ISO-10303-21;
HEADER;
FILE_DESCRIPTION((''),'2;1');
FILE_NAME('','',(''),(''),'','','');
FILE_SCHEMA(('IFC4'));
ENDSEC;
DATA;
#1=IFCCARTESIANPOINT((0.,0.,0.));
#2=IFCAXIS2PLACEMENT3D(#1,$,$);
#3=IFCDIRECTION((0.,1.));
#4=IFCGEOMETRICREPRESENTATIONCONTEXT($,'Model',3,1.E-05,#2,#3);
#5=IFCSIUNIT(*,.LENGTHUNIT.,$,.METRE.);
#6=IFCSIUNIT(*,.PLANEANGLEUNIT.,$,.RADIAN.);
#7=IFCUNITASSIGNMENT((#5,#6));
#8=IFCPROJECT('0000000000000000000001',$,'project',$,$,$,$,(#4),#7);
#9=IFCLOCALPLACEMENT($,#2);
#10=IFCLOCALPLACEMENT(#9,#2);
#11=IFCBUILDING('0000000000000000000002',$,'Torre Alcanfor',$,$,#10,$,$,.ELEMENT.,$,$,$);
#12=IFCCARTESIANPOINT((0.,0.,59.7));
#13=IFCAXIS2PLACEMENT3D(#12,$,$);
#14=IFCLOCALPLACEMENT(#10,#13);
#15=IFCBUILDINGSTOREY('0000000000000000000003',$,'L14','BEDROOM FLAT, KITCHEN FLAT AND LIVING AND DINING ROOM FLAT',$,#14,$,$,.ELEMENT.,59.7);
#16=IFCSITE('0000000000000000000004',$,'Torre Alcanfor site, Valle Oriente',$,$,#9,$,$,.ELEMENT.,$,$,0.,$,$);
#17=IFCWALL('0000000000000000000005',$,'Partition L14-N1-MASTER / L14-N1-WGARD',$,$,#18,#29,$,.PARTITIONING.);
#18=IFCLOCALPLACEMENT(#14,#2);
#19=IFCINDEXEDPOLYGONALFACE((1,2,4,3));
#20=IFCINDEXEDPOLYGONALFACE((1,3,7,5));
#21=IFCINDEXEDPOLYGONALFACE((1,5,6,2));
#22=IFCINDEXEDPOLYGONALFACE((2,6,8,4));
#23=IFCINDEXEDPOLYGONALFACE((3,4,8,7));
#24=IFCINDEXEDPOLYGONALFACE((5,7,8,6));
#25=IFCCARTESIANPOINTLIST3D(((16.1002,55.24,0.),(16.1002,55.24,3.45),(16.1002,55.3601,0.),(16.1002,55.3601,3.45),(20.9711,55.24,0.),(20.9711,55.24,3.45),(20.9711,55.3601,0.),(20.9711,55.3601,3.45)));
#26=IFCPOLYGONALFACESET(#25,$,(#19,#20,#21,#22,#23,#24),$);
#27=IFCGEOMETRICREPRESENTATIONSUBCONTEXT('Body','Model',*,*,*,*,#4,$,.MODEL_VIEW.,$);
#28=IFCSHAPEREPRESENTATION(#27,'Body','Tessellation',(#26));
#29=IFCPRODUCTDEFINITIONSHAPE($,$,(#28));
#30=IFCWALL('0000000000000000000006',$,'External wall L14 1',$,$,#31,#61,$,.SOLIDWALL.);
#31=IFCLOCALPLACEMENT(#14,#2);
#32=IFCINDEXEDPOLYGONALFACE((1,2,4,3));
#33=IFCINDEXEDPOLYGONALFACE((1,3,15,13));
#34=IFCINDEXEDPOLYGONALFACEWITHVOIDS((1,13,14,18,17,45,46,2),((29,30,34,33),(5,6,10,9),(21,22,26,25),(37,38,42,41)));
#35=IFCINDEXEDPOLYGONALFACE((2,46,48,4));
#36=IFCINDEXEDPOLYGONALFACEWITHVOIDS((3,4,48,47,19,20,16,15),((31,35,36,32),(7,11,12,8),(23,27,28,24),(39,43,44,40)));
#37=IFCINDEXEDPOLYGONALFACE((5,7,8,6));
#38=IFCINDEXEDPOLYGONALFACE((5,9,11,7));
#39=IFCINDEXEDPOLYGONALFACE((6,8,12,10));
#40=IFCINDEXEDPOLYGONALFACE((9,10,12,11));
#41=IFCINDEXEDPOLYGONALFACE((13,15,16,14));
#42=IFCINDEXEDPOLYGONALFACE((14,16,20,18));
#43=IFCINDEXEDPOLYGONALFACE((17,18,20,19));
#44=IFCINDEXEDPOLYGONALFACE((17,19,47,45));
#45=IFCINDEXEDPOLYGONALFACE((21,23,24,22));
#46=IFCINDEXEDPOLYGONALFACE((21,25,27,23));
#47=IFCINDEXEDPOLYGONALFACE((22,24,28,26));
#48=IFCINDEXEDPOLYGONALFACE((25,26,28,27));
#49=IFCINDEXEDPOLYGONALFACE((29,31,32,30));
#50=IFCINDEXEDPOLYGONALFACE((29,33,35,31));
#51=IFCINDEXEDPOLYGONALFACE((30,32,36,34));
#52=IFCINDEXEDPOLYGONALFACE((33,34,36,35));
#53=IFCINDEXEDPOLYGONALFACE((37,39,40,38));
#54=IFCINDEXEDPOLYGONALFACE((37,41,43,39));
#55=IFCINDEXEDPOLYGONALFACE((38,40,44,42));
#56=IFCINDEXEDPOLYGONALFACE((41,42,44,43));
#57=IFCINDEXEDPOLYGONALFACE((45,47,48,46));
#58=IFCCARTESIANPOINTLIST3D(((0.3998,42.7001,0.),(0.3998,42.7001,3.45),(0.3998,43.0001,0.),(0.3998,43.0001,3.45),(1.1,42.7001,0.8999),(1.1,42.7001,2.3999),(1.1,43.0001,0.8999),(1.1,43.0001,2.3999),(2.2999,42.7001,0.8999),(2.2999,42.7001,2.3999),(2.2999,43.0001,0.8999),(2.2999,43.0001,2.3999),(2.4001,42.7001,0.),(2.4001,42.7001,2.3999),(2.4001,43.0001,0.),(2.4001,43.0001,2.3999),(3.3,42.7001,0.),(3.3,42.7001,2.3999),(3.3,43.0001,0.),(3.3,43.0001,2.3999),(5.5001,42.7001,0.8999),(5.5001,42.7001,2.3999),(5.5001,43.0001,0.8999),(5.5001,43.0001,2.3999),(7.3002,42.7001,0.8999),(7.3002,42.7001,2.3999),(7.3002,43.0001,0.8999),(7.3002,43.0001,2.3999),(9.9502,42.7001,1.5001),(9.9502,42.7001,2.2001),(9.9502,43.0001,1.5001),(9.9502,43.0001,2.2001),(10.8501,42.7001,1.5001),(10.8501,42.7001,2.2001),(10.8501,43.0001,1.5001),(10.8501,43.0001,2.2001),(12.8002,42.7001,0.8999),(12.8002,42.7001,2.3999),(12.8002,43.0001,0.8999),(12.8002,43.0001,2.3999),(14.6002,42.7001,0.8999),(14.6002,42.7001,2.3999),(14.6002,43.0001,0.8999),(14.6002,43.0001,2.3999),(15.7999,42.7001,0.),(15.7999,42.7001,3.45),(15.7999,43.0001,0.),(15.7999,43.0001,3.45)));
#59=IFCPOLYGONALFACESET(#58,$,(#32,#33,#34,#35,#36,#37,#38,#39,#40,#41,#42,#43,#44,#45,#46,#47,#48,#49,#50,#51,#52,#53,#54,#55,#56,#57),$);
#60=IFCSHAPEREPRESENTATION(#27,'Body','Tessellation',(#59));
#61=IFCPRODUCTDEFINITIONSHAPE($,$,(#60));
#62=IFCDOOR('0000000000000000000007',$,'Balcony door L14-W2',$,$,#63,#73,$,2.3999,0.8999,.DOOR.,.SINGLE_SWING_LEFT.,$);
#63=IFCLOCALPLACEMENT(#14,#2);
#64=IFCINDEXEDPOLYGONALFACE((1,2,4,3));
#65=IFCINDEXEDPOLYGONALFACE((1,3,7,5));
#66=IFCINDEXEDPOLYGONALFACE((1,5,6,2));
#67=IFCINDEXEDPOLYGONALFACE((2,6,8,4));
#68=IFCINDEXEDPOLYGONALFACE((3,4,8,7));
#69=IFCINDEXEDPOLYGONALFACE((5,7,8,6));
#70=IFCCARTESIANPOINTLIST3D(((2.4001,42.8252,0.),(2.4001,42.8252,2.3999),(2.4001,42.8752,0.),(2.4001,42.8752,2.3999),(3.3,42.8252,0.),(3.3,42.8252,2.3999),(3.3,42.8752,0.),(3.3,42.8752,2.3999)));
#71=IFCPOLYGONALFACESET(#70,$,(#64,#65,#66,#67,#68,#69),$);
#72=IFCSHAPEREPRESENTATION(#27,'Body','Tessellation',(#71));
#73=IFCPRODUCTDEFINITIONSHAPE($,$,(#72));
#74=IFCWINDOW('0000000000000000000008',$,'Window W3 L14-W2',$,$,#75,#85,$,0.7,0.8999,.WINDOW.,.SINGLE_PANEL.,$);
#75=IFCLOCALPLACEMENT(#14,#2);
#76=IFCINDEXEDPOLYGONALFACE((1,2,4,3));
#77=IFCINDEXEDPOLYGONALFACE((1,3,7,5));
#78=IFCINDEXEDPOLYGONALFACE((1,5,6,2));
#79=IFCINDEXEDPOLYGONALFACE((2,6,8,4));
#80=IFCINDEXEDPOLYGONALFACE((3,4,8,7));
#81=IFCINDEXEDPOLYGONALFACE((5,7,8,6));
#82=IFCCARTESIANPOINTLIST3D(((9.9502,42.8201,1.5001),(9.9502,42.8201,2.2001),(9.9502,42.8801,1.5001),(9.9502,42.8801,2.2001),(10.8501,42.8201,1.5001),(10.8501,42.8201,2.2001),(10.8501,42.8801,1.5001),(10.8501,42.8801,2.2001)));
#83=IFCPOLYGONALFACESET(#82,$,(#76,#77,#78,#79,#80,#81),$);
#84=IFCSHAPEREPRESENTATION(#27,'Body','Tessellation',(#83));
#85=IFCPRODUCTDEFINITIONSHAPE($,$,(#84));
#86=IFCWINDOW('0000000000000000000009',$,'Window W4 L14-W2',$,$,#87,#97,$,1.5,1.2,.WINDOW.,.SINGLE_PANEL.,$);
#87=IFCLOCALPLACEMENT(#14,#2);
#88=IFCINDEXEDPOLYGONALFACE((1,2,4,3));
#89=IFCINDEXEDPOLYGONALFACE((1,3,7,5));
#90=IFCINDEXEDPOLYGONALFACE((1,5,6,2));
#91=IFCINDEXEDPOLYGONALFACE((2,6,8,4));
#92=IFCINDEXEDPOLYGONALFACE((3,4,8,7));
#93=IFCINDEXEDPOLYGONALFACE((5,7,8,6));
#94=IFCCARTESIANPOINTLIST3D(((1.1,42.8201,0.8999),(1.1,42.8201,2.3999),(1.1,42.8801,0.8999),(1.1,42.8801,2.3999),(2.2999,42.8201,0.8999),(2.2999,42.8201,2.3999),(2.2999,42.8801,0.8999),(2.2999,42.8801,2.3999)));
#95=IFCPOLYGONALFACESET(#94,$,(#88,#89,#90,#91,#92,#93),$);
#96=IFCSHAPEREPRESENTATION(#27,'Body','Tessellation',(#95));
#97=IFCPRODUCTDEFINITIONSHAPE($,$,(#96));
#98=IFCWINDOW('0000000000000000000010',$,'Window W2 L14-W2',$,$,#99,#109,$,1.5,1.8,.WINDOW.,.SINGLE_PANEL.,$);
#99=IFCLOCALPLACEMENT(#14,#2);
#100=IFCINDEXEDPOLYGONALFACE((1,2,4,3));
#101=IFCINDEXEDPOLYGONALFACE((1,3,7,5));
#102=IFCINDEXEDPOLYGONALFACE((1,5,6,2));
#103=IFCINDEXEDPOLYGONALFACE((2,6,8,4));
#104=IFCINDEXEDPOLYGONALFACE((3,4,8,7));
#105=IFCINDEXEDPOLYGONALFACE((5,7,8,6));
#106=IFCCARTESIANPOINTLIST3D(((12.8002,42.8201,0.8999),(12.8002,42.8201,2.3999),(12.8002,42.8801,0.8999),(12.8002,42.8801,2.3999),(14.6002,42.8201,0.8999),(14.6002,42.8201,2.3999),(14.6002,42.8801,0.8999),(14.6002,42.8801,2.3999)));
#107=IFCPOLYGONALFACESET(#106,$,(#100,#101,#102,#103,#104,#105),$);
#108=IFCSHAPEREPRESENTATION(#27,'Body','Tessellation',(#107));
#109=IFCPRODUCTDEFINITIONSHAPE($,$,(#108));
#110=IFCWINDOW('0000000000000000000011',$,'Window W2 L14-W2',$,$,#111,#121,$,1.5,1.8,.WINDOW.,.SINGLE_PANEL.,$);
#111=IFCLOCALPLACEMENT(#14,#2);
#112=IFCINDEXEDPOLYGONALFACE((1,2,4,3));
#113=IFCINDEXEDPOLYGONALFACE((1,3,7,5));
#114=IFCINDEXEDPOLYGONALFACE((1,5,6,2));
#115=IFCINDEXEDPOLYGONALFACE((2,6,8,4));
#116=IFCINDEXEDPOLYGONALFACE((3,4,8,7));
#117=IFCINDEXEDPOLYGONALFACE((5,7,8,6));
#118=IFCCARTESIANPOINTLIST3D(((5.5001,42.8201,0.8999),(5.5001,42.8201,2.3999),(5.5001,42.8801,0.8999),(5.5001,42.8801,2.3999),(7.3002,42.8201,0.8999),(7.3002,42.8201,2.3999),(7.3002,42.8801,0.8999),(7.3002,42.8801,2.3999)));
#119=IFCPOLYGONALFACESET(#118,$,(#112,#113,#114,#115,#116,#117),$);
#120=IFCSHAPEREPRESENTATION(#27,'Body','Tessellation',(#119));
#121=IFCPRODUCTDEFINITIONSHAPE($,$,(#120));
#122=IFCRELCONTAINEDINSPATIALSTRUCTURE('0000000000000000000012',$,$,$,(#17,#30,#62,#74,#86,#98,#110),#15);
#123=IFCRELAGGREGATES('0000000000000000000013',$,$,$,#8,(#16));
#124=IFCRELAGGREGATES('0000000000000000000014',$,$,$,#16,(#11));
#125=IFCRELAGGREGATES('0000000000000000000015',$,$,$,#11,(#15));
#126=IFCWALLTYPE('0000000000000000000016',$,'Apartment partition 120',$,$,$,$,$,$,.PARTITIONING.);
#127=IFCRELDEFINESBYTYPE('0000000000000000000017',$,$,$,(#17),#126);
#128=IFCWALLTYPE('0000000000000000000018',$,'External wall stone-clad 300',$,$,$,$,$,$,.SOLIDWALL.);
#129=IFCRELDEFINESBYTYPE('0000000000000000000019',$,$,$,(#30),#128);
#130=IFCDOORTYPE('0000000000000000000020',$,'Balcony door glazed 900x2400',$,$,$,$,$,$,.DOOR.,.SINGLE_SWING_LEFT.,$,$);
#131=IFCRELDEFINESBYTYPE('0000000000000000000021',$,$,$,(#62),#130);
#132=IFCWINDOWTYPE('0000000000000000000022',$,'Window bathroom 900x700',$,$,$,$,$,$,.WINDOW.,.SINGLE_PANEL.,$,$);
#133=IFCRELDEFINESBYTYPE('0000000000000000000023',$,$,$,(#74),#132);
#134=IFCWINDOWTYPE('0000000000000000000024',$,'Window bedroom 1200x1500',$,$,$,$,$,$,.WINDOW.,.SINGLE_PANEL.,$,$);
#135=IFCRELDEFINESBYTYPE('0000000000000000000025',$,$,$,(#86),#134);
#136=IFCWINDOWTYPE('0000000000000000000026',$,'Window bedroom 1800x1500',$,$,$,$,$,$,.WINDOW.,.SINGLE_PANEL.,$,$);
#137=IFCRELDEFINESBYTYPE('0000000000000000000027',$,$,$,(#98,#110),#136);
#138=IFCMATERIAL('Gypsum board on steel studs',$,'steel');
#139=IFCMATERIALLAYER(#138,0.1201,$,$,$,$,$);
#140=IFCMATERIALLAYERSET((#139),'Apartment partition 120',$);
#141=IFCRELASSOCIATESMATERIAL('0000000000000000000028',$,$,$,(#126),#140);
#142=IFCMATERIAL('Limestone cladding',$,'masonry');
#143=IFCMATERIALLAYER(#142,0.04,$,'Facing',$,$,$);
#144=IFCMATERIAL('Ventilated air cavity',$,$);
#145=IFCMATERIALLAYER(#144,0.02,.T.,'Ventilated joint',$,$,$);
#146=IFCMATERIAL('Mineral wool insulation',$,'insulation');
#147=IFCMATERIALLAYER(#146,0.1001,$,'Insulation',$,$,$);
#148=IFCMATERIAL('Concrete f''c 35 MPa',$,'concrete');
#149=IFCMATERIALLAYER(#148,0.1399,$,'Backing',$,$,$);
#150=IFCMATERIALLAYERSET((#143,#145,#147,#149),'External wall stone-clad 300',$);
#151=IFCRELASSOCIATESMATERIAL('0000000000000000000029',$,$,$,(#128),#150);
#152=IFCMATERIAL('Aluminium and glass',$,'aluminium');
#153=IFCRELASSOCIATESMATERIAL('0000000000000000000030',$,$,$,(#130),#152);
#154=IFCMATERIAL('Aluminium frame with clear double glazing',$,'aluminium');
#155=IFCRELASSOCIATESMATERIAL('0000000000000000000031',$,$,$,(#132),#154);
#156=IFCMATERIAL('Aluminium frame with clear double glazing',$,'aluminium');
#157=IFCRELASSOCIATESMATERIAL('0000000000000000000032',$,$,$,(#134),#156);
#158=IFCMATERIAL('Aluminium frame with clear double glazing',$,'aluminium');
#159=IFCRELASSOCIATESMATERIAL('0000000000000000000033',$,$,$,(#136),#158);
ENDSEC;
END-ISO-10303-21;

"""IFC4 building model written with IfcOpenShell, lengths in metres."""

from ifc_helpers import new_model, si_unit, direction, frame, frame_2d, origin, place, context, subcontext, project, spatial, rectangle, extrude, material, layer, layer_set, type_object, element, fill, save


model = new_model("IFC4")

# Units and contexts
model_context = context("Model", 3, precision=1e-05, world=origin(), true_north=direction((0.0, 1.0)))
body_context = subcontext(model_context, "Body", "Model", "MODEL_VIEW")
ifc_project = project(units=[si_unit("LENGTHUNIT", "METRE"), si_unit("PLANEANGLEUNIT", "RADIAN")], contexts=[model_context])

# Site, building, storey
site_placement = place(None, origin())
site = spatial("IfcSite", under=ifc_project, at=site_placement, Name="Torre Alcanfor site, Valle Oriente", CompositionType="ELEMENT", RefElevation=0.0)
building_placement = place(site_placement, origin())
building = spatial("IfcBuilding", under=site, at=building_placement, Name="Torre Alcanfor", CompositionType="ELEMENT")
storey_placement = place(building_placement, frame((0.0, 0.0, 59.7)))
storey = spatial("IfcBuildingStorey", under=building, at=storey_placement, Name="L14", Description="BEDROOM FLAT, KITCHEN FLAT AND LIVING AND DINING ROOM FLAT", CompositionType="ELEMENT", Elevation=59.7)

# Wall
ifc_material_1 = material(Name="Gypsum board on steel studs", Category="steel")
ifc_layer_1 = layer(ifc_material_1, 0.1201)
ifc_layer_set_1 = layer_set([ifc_layer_1], Name="Apartment partition 120")
wall_type_1 = type_object("IfcWallType", Name="Apartment partition 120", PredefinedType="PARTITIONING", material=ifc_layer_set_1)
wall_1_placement = place(storey_placement, frame((16.1001, 55.3, 0.0), z_axis=(0.0, 0.0, 1.0), x_axis=(1.0, 0.0, 0.0)))
element("IfcWall", 1, at=wall_1_placement, inside=storey, type_object=wall_type_1, Name="Partition L14-N1-MASTER / L14-N1-WGARD", PredefinedType="PARTITIONING", context=body_context, shape_type="SweptSolid", body=[
    extrude(rectangle(XDim=4.8708, YDim=0.1201, at=frame_2d((2.4355, 0.0))), origin(), (0.0, 0.0, 1.0), 3.45),
])

# Wall, openings, door, windows
ifc_material_2 = material(Name="Limestone cladding", Category="masonry")
ifc_layer_2 = layer(ifc_material_2, 0.04, Name="Facing")
ifc_material_3 = material(Name="Ventilated air cavity")
ifc_layer_3 = layer(ifc_material_3, 0.02, ventilated=True, Name="Ventilated joint")
ifc_material_4 = material(Name="Mineral wool insulation", Category="insulation")
ifc_layer_4 = layer(ifc_material_4, 0.1001, Name="Insulation")
ifc_material_5 = material(Name="Concrete f'c 35 MPa", Category="concrete")
ifc_layer_5 = layer(ifc_material_5, 0.1399, Name="Backing")
ifc_layer_set_2 = layer_set([ifc_layer_2, ifc_layer_3, ifc_layer_4, ifc_layer_5], Name="External wall stone-clad 300")
wall_type_2 = type_object("IfcWallType", Name="External wall stone-clad 300", PredefinedType="SOLIDWALL", material=ifc_layer_set_2)
wall_2_placement = place(storey_placement, frame((15.8, 42.8501, 0.0), z_axis=(0.0, 0.0, 1.0), x_axis=(-1.0, 0.0, 0.0)))
wall_2 = element("IfcWall", 2, at=wall_2_placement, inside=storey, type_object=wall_type_2, Name="External wall L14 1", PredefinedType="SOLIDWALL", context=body_context, shape_type="SweptSolid", body=[
    extrude(rectangle(XDim=15.4001, YDim=0.3, at=frame_2d((7.7002, 0.0))), origin(), (0.0, 0.0, 1.0), 3.45),
])
opening_1_placement = place(wall_2_placement, frame((1.2, 0.0, 0.8999)))
opening_1 = element("IfcOpeningElement", 3, at=opening_1_placement, cuts=wall_2, PredefinedType="OPENING", context=body_context, shape_type="SweptSolid", body=[
    extrude(rectangle(XDim=1.8, YDim=1.5, at=frame_2d((0.8999, 0.75))), frame((0.0, 0.1599, 0.0), z_axis=(0.0, -1.0, 0.0), x_axis=(1.0, 0.0, 0.0)), (0.0, 0.0, 1.0), 0.3201),
])
opening_2_placement = place(wall_2_placement, frame((4.95, 0.0, 1.5)))
opening_2 = element("IfcOpeningElement", 4, at=opening_2_placement, cuts=wall_2, PredefinedType="OPENING", context=body_context, shape_type="SweptSolid", body=[
    extrude(rectangle(XDim=0.8999, YDim=0.7, at=frame_2d((0.45, 0.3501))), frame((0.0, 0.1599, 0.0), z_axis=(0.0, -1.0, 0.0), x_axis=(1.0, 0.0, 0.0)), (0.0, 0.0, 1.0), 0.3201),
])
opening_3_placement = place(wall_2_placement, frame((8.5, 0.0, 0.8999)))
opening_3 = element("IfcOpeningElement", 5, at=opening_3_placement, cuts=wall_2, PredefinedType="OPENING", context=body_context, shape_type="SweptSolid", body=[
    extrude(rectangle(XDim=1.8, YDim=1.5, at=frame_2d((0.8999, 0.75))), frame((0.0, 0.1599, 0.0), z_axis=(0.0, -1.0, 0.0), x_axis=(1.0, 0.0, 0.0)), (0.0, 0.0, 1.0), 0.3201),
])
opening_4_placement = place(wall_2_placement, frame((12.5, 0.0, 0.0)))
opening_4 = element("IfcOpeningElement", 6, at=opening_4_placement, cuts=wall_2, PredefinedType="OPENING", context=body_context, shape_type="SweptSolid", body=[
    extrude(rectangle(XDim=0.8999, YDim=2.3999, at=frame_2d((0.45, 1.2))), frame((0.0, 0.1599, 0.0), z_axis=(0.0, -1.0, 0.0), x_axis=(1.0, 0.0, 0.0)), (0.0, 0.0, 1.0), 0.3201),
])
opening_5_placement = place(wall_2_placement, frame((13.5, 0.0, 0.8999)))
opening_5 = element("IfcOpeningElement", 7, at=opening_5_placement, cuts=wall_2, PredefinedType="OPENING", context=body_context, shape_type="SweptSolid", body=[
    extrude(rectangle(XDim=1.2, YDim=1.5, at=frame_2d((0.6001, 0.75))), frame((0.0, 0.1599, 0.0), z_axis=(0.0, -1.0, 0.0), x_axis=(1.0, 0.0, 0.0)), (0.0, 0.0, 1.0), 0.3201),
])
ifc_material_6 = material(Name="Aluminium and glass", Category="aluminium")
door_type = type_object("IfcDoorType", Name="Balcony door glazed 900x2400", OperationType="SINGLE_SWING_LEFT", PredefinedType="DOOR", material=ifc_material_6)
door_1_placement = place(opening_4_placement, origin())
door_1 = element("IfcDoor", 8, at=door_1_placement, inside=storey, type_object=door_type, Name="Balcony door L14-W2", OperationType="SINGLE_SWING_LEFT", OverallHeight=2.3999, OverallWidth=0.8999, PredefinedType="DOOR", context=body_context, shape_type="SweptSolid", body=[
    extrude(rectangle(XDim=0.8999, YDim=2.3999, at=frame_2d((0.45, 1.2))), frame((0.0, 0.0249, 0.0), z_axis=(0.0, -1.0, 0.0), x_axis=(1.0, 0.0, 0.0)), (0.0, 0.0, 1.0), 0.05),
])
fill(opening_4, door_1)
ifc_material_7 = material(Name="Aluminium frame with clear double glazing", Category="aluminium")
window_type_1 = type_object("IfcWindowType", Name="Window bathroom 900x700", PartitioningType="SINGLE_PANEL", PredefinedType="WINDOW", material=ifc_material_7)
window_1_placement = place(opening_2_placement, origin())
window_1 = element("IfcWindow", 9, at=window_1_placement, inside=storey, type_object=window_type_1, Name="Window W3 L14-W2", OverallHeight=0.7, OverallWidth=0.8999, PartitioningType="SINGLE_PANEL", PredefinedType="WINDOW", context=body_context, shape_type="SweptSolid", body=[
    extrude(rectangle(XDim=0.8999, YDim=0.7, at=frame_2d((0.45, 0.3501))), frame((0.0, 0.03, 0.0), z_axis=(0.0, -1.0, 0.0), x_axis=(1.0, 0.0, 0.0)), (0.0, 0.0, 1.0), 0.0601),
])
fill(opening_2, window_1)
ifc_material_8 = material(Name="Aluminium frame with clear double glazing", Category="aluminium")
window_type_2 = type_object("IfcWindowType", Name="Window bedroom 1200x1500", PartitioningType="SINGLE_PANEL", PredefinedType="WINDOW", material=ifc_material_8)
window_2_placement = place(opening_5_placement, origin())
window_2 = element("IfcWindow", 10, at=window_2_placement, inside=storey, type_object=window_type_2, Name="Window W4 L14-W2", OverallHeight=1.5, OverallWidth=1.2, PartitioningType="SINGLE_PANEL", PredefinedType="WINDOW", context=body_context, shape_type="SweptSolid", body=[
    extrude(rectangle(XDim=1.2, YDim=1.5, at=frame_2d((0.6001, 0.75))), frame((0.0, 0.03, 0.0), z_axis=(0.0, -1.0, 0.0), x_axis=(1.0, 0.0, 0.0)), (0.0, 0.0, 1.0), 0.0601),
])
fill(opening_5, window_2)
ifc_material_9 = material(Name="Aluminium frame with clear double glazing", Category="aluminium")
window_type_3 = type_object("IfcWindowType", Name="Window bedroom 1800x1500", PartitioningType="SINGLE_PANEL", PredefinedType="WINDOW", material=ifc_material_9)
window_3_placement = place(opening_1_placement, origin())
window_3 = element("IfcWindow", 11, at=window_3_placement, inside=storey, type_object=window_type_3, Name="Window W2 L14-W2", OverallHeight=1.5, OverallWidth=1.8, PartitioningType="SINGLE_PANEL", PredefinedType="WINDOW", context=body_context, shape_type="SweptSolid", body=[
    extrude(rectangle(XDim=1.8, YDim=1.5, at=frame_2d((0.8999, 0.75))), frame((0.0, 0.03, 0.0), z_axis=(0.0, -1.0, 0.0), x_axis=(1.0, 0.0, 0.0)), (0.0, 0.0, 1.0), 0.0601),
])
fill(opening_1, window_3)
window_4_placement = place(opening_3_placement, origin())
window_4 = element("IfcWindow", 12, at=window_4_placement, inside=storey, type_object=window_type_3, Name="Window W2 L14-W2", OverallHeight=1.5, OverallWidth=1.8, PartitioningType="SINGLE_PANEL", PredefinedType="WINDOW", context=body_context, shape_type="SweptSolid", body=[
    extrude(rectangle(XDim=1.8, YDim=1.5, at=frame_2d((0.8999, 0.75))), frame((0.0, 0.03, 0.0), z_axis=(0.0, -1.0, 0.0), x_axis=(1.0, 0.0, 0.0)), (0.0, 0.0, 1.0), 0.0601),
])
fill(opening_3, window_4)

save(model, "model.ifc")
